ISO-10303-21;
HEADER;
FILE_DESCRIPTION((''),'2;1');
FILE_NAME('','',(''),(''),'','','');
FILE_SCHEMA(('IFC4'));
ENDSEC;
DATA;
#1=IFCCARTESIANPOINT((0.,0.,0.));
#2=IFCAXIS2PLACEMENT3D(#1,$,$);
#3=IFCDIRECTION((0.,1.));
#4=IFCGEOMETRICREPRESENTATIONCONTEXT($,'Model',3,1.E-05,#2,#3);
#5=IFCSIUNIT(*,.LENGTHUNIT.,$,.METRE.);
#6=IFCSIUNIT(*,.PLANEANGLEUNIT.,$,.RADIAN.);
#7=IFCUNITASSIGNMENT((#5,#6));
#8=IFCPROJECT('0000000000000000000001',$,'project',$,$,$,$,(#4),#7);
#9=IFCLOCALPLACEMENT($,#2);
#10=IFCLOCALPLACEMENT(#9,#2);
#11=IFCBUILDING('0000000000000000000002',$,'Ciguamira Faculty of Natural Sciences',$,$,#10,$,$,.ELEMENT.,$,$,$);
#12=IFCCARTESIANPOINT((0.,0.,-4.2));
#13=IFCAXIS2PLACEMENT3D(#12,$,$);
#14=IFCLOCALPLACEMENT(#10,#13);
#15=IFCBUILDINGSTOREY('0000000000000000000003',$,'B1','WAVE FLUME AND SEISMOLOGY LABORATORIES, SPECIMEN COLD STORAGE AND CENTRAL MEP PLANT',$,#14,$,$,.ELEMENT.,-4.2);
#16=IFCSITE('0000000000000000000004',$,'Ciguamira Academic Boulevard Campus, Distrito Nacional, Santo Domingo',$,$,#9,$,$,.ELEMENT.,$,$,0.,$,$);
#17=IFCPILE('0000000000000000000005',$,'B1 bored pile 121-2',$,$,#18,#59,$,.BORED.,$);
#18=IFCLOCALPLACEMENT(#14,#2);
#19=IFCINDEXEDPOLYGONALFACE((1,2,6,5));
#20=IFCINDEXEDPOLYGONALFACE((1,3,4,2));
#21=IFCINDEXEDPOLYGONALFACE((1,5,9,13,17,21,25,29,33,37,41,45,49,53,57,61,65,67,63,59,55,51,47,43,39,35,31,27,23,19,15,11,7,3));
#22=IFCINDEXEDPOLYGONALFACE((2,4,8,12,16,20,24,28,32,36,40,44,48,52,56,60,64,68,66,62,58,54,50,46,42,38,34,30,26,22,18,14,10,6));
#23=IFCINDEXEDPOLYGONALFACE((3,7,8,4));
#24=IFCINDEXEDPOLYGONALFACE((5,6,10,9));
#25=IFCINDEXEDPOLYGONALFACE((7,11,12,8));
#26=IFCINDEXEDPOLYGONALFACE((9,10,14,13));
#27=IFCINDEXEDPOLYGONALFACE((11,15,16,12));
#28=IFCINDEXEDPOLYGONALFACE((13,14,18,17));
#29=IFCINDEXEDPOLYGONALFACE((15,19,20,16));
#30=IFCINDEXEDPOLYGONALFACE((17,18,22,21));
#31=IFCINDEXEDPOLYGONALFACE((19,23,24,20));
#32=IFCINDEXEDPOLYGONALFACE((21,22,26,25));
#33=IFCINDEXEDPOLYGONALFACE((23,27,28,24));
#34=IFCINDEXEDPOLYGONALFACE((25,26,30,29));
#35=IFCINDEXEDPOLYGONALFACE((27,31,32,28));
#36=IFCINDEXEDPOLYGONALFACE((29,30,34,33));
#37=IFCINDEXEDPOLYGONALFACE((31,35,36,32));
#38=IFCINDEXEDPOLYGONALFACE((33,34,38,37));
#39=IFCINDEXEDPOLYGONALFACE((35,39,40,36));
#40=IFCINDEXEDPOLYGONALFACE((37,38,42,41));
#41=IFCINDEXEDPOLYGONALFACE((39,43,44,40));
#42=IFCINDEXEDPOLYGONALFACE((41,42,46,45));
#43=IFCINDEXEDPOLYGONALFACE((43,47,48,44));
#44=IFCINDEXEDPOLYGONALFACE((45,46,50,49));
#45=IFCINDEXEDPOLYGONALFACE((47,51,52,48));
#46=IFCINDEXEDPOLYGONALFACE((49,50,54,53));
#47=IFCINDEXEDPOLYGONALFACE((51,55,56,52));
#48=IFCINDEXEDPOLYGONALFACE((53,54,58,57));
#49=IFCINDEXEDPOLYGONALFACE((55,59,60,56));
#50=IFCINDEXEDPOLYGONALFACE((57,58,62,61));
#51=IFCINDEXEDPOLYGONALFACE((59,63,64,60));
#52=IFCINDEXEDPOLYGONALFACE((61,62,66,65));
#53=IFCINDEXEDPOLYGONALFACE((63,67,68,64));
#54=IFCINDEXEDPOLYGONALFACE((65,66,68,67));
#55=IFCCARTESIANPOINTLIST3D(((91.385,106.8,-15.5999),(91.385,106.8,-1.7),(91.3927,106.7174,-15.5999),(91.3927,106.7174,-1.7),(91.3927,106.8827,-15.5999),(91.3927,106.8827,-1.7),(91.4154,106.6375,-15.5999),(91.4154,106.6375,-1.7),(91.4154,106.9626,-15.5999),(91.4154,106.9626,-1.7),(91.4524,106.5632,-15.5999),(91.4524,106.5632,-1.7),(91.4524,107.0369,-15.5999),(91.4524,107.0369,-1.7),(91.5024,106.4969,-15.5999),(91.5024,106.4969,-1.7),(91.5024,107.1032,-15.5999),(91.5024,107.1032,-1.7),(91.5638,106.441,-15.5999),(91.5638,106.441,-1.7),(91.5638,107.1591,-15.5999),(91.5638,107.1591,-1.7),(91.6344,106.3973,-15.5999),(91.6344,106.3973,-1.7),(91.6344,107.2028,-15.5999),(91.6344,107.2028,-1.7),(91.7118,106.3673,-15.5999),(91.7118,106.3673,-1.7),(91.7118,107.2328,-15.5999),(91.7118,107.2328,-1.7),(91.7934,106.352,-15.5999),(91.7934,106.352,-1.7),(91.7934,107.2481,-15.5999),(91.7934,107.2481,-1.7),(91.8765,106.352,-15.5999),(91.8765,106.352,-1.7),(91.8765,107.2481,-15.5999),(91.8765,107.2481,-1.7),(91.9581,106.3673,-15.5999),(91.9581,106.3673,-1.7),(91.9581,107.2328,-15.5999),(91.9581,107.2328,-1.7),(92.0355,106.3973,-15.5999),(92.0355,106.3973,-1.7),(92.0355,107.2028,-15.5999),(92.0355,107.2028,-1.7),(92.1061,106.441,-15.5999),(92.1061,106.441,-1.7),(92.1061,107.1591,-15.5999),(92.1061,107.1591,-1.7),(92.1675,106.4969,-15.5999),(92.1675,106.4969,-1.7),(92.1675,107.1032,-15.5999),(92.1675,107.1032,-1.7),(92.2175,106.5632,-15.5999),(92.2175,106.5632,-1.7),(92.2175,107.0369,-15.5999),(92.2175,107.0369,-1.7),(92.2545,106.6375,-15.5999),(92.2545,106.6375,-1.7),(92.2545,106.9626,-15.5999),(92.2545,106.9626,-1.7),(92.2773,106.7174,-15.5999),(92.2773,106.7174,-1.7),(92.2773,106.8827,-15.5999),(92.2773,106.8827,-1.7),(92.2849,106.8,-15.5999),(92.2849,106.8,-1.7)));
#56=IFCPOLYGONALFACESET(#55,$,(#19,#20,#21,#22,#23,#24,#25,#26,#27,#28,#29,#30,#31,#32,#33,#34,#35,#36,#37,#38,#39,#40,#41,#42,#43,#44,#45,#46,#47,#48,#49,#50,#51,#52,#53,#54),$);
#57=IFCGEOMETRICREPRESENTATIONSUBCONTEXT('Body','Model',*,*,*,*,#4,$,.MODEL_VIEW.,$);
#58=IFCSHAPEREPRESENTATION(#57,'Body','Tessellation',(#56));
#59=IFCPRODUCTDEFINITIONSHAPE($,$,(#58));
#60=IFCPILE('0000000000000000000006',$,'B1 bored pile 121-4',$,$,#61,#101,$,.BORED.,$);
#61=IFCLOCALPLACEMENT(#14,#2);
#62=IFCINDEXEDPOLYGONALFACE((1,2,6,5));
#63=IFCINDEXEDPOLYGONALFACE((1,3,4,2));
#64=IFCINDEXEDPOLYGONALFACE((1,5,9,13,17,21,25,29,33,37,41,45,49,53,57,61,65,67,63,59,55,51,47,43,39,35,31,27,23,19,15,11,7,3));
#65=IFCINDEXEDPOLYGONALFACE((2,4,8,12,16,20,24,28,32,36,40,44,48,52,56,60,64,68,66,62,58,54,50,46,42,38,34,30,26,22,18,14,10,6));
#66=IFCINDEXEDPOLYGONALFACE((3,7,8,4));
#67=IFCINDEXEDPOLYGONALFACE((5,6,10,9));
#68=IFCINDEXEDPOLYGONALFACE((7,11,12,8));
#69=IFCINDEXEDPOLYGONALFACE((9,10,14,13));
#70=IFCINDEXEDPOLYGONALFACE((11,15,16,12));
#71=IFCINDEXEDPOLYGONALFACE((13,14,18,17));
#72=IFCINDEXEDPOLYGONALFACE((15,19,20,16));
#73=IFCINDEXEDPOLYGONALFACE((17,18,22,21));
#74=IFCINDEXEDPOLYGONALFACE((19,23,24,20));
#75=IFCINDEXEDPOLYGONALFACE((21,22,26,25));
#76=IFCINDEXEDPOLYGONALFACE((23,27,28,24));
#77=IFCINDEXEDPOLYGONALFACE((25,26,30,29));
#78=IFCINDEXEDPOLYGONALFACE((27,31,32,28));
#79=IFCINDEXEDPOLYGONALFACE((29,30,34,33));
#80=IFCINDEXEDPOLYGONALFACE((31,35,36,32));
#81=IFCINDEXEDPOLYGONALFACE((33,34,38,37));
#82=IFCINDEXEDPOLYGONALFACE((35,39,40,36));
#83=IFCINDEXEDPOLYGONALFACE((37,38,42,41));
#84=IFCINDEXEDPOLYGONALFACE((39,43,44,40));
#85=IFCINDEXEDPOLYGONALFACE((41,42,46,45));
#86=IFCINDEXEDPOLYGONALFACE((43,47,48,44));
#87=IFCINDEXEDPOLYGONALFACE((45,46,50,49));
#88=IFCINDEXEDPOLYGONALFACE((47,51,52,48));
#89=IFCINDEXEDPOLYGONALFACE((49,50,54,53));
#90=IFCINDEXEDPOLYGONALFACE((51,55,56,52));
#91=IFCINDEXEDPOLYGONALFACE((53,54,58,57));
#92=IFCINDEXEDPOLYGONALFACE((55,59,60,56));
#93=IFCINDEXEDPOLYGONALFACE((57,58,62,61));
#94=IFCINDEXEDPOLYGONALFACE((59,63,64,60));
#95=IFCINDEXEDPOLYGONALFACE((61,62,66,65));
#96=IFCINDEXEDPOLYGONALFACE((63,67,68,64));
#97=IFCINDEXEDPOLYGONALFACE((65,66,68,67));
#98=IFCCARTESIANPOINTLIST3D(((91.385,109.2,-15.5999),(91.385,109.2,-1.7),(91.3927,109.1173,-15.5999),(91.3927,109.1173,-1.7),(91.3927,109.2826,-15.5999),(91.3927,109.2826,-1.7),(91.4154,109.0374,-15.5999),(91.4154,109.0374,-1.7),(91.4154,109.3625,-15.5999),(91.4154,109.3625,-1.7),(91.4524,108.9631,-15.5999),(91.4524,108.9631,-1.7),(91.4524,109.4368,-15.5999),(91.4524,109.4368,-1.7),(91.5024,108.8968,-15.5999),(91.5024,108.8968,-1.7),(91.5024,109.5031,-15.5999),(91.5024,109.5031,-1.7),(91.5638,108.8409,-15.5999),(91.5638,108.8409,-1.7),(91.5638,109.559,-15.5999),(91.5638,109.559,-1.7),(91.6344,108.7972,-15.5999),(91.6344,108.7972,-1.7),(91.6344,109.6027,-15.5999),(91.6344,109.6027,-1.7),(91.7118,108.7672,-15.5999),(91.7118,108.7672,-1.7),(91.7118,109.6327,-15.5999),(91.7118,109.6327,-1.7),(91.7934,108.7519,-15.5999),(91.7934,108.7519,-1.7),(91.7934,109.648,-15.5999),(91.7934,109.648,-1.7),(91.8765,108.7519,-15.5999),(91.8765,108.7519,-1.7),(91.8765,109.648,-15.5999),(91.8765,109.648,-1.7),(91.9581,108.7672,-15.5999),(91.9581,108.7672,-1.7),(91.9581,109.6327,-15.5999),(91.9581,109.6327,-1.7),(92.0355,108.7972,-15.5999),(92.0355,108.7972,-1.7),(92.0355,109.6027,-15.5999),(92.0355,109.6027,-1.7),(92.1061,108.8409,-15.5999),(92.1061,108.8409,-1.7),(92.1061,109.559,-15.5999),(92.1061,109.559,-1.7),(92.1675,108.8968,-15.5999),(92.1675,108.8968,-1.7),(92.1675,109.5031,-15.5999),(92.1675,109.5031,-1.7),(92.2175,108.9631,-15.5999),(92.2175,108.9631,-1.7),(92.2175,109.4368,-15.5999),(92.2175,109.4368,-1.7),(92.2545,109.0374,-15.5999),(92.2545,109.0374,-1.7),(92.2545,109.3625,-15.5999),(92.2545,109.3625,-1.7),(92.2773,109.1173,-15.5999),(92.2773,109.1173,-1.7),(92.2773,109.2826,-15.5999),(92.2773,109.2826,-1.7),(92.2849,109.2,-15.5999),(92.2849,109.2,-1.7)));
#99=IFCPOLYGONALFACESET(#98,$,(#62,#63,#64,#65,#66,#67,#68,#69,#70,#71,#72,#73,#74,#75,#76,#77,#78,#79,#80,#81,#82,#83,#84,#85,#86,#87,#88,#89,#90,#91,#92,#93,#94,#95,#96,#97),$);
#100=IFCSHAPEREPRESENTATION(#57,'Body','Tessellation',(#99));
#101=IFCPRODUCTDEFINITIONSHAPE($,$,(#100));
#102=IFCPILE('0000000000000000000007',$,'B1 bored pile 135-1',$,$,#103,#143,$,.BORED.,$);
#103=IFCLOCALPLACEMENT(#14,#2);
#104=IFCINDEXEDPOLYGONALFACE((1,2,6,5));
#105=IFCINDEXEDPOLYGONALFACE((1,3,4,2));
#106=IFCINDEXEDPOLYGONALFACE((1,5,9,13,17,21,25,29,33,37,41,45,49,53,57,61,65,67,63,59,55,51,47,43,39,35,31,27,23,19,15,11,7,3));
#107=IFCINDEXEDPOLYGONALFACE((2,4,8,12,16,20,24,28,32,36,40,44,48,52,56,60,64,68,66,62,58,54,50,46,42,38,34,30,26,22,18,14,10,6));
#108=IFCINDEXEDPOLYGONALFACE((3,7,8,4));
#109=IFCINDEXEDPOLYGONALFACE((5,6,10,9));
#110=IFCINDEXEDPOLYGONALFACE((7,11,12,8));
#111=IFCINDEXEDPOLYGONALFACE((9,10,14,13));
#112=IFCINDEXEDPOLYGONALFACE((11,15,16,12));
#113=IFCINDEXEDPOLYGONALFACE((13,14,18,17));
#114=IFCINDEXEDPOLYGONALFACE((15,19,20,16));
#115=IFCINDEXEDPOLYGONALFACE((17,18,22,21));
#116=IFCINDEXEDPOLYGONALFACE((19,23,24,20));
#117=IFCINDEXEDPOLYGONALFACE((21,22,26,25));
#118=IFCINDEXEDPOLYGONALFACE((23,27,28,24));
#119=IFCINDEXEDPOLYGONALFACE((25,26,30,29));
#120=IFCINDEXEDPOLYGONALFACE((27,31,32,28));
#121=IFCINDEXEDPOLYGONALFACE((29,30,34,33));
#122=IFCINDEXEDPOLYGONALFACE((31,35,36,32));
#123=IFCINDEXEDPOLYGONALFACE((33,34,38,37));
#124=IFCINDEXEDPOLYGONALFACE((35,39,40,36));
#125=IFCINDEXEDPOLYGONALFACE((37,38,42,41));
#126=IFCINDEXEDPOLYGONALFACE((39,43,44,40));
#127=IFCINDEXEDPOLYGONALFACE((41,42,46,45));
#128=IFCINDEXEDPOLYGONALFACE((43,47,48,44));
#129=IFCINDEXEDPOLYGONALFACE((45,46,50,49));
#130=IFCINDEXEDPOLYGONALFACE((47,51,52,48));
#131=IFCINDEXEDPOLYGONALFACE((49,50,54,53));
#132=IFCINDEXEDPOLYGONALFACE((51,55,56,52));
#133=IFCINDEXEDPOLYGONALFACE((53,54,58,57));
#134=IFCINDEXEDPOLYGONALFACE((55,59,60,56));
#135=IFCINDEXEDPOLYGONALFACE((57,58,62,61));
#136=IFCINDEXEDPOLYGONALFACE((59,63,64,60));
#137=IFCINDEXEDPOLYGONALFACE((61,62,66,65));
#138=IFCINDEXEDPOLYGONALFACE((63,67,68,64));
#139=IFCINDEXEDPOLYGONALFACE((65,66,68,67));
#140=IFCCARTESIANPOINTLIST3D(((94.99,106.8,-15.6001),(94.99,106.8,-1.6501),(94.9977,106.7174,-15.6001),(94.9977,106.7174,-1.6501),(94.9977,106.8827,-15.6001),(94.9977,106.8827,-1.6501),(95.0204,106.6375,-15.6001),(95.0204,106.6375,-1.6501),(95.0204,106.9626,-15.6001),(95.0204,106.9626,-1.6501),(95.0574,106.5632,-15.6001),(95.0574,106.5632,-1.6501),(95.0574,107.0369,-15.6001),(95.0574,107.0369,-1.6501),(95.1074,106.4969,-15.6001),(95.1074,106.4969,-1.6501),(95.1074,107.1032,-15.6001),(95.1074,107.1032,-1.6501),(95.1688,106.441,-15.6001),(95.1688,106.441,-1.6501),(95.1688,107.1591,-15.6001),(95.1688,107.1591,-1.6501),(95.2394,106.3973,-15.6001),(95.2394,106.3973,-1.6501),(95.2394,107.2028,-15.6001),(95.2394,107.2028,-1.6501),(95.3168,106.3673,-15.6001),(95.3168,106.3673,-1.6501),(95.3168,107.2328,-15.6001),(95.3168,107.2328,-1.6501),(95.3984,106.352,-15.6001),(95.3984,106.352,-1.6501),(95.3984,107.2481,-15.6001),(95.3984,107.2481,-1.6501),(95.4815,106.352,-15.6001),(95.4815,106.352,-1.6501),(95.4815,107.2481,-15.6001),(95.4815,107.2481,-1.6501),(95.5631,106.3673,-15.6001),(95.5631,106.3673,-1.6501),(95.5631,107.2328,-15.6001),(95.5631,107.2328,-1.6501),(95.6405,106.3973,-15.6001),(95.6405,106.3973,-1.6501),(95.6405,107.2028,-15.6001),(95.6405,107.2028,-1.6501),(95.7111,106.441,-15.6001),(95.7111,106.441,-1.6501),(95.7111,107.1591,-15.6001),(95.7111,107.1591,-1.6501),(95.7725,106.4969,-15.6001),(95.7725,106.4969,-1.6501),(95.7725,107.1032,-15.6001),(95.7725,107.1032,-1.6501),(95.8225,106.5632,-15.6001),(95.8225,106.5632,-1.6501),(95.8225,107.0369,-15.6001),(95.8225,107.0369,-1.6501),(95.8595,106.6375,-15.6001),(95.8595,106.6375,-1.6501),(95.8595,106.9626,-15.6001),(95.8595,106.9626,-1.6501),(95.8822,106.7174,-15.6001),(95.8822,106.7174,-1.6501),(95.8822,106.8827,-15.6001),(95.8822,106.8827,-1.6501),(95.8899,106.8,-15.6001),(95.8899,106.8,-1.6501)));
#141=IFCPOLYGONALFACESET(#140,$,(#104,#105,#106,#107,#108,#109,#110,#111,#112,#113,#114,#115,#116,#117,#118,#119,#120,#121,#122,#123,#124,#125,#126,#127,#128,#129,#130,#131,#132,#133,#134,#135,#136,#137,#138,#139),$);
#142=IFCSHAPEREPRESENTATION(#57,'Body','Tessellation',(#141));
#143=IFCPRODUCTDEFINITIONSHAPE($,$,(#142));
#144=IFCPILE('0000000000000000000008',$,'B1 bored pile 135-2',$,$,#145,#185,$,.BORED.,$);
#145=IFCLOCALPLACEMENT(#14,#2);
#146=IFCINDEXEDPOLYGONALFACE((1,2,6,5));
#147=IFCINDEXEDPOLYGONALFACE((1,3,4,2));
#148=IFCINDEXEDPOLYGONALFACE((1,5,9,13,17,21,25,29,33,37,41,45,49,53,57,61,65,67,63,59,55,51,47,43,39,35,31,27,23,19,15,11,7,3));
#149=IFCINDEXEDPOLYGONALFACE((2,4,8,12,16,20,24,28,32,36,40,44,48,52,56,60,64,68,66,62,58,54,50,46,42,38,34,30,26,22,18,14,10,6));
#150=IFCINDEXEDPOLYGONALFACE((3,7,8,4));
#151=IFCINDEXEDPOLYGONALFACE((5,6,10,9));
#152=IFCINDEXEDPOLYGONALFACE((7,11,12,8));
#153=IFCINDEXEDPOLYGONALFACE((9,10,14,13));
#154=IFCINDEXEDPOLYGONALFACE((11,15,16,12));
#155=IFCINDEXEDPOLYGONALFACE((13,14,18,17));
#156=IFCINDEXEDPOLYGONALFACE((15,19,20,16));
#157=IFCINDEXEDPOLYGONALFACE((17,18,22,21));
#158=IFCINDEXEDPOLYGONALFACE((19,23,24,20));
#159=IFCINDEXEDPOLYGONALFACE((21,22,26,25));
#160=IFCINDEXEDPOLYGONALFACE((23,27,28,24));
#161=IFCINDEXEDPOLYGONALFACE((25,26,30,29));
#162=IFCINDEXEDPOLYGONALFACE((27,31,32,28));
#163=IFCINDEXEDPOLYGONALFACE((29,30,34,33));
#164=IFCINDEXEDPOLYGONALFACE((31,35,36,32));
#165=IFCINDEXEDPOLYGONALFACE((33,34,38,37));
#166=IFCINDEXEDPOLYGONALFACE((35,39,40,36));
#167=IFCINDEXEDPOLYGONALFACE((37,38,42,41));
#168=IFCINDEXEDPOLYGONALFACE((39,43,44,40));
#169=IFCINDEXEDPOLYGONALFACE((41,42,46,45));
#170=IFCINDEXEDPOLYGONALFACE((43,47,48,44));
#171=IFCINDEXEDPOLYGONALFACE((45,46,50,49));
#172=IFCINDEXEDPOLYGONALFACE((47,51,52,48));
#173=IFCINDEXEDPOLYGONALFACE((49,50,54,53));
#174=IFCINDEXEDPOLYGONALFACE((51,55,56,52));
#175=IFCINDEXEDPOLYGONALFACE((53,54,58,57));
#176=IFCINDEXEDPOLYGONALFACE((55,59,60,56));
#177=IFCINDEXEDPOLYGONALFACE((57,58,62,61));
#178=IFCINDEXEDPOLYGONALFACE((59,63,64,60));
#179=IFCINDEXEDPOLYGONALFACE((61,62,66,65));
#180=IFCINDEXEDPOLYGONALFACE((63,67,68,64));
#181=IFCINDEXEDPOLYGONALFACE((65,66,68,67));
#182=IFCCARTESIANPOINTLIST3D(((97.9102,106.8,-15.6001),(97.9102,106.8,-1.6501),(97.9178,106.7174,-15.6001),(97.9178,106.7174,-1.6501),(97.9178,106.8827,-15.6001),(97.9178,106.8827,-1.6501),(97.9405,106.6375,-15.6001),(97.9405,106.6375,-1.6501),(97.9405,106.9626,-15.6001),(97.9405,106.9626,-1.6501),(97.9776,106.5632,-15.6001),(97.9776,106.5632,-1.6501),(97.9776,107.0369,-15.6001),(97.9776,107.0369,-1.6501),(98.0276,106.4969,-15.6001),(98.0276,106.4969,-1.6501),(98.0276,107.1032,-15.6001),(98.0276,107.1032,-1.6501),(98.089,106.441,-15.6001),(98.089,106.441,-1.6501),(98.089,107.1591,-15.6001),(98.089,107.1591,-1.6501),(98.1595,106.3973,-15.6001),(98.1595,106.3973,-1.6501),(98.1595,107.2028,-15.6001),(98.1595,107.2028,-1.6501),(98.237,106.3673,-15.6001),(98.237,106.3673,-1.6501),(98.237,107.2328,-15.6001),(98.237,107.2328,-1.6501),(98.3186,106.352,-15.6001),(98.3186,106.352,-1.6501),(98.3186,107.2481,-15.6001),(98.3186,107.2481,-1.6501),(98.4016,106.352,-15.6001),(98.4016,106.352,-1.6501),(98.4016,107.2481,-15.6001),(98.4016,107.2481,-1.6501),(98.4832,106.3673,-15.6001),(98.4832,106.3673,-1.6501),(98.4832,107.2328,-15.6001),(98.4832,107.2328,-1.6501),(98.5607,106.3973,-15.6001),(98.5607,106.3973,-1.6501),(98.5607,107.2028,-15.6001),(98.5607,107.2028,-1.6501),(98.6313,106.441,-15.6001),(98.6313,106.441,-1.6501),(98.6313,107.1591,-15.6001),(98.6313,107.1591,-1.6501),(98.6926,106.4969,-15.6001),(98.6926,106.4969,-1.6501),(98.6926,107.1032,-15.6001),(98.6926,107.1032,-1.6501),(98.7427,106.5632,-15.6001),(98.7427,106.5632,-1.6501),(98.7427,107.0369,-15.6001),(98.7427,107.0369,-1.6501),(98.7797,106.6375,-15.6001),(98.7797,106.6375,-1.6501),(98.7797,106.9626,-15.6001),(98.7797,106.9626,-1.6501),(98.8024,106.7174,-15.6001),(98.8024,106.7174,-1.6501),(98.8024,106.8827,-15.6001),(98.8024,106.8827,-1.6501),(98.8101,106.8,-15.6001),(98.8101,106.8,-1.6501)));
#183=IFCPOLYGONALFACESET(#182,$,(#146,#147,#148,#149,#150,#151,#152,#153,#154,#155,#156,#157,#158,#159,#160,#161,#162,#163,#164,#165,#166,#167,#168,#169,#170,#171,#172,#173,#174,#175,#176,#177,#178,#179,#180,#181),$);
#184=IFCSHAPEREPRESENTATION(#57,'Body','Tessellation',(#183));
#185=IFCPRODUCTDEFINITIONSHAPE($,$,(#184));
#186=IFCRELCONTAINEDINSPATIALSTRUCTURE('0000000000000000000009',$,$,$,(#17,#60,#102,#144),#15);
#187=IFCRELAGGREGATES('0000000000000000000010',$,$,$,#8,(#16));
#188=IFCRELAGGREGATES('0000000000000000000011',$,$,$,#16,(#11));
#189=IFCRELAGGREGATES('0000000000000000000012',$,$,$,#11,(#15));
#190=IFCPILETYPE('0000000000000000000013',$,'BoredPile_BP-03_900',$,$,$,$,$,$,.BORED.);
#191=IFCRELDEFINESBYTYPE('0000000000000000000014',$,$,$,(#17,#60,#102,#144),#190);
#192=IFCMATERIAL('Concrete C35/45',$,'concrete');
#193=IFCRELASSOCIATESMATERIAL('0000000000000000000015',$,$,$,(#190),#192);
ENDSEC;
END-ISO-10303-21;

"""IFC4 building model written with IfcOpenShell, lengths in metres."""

from ifc_helpers import new_model, si_unit, direction, frame, origin, origin_2d, place, context, subcontext, project, spatial, circle, extrude, material, material_profile, profile_set, type_object, element, save


model = new_model("IFC4")

# Units and contexts
model_context = context("Model", 3, precision=1e-05, world=origin(), true_north=direction((0.0, 1.0)))
body_context = subcontext(model_context, "Body", "Model", "MODEL_VIEW")
ifc_project = project(units=[si_unit("LENGTHUNIT", "METRE"), si_unit("PLANEANGLEUNIT", "RADIAN")], contexts=[model_context])

# Site, building, storey
site_placement = place(None, origin())
site = spatial("IfcSite", under=ifc_project, at=site_placement, Name="Ciguamira Academic Boulevard Campus, Distrito Nacional, Santo Domingo", CompositionType="ELEMENT", RefElevation=0.0)
building_placement = place(site_placement, origin())
building = spatial("IfcBuilding", under=site, at=building_placement, Name="Ciguamira Faculty of Natural Sciences", CompositionType="ELEMENT")
storey_placement = place(building_placement, frame((0.0, 0.0, -4.2)))
storey = spatial("IfcBuildingStorey", under=building, at=storey_placement, Name="B1", Description="WAVE FLUME AND SEISMOLOGY LABORATORIES, SPECIMEN COLD STORAGE AND CENTRAL MEP PLANT", CompositionType="ELEMENT", Elevation=-4.2)

# Piles
ifc_material_1 = material(Name="Concrete C35/45", Category="concrete")
ifc_material_profile_1 = material_profile(ifc_material_1, circle(Radius=0.45, at=origin_2d()), Name="PILE-BORED-900")
ifc_profile_set_1 = profile_set([ifc_material_profile_1], Name="Concrete C35/45")
pile_type_1 = type_object("IfcPileType", Name="BoredPile_BP-03_900", PredefinedType="BORED", material=ifc_profile_set_1)
for number, where, z_axis, x_axis, name in (
    (1, (91.835, 106.8, -1.7), (0.0, 0.0, -1.0), (1.0, 0.0, 0.0), "B1 bored pile 121-2"),
    (2, (91.835, 109.2, -1.7), (0.0, 0.0, -1.0), (1.0, 0.0, 0.0), "B1 bored pile 121-4"),
):
    element("IfcPile", number, at=place(storey_placement, frame(where, z_axis=z_axis, x_axis=x_axis)), inside=storey, type_object=pile_type_1, Name=name, PredefinedType="BORED", context=body_context, shape_type="SweptSolid", body=[
        extrude(circle(Radius=0.45, at=origin_2d()), origin(), (0.0, 0.0, 1.0), 13.8999),
    ])
for number, where, z_axis, x_axis, name in (
    (3, (95.4399, 106.8, -1.6501), (0.0, 0.0, -1.0), (1.0, 0.0, 0.0), "B1 bored pile 135-1"),
    (4, (98.3601, 106.8, -1.6501), (0.0, 0.0, -1.0), (1.0, 0.0, 0.0), "B1 bored pile 135-2"),
):
    element("IfcPile", number, at=place(storey_placement, frame(where, z_axis=z_axis, x_axis=x_axis)), inside=storey, type_object=pile_type_1, Name=name, PredefinedType="BORED", context=body_context, shape_type="SweptSolid", body=[
        extrude(circle(Radius=0.45, at=origin_2d()), origin(), (0.0, 0.0, 1.0), 13.95),
    ])

save(model, "model.ifc")
